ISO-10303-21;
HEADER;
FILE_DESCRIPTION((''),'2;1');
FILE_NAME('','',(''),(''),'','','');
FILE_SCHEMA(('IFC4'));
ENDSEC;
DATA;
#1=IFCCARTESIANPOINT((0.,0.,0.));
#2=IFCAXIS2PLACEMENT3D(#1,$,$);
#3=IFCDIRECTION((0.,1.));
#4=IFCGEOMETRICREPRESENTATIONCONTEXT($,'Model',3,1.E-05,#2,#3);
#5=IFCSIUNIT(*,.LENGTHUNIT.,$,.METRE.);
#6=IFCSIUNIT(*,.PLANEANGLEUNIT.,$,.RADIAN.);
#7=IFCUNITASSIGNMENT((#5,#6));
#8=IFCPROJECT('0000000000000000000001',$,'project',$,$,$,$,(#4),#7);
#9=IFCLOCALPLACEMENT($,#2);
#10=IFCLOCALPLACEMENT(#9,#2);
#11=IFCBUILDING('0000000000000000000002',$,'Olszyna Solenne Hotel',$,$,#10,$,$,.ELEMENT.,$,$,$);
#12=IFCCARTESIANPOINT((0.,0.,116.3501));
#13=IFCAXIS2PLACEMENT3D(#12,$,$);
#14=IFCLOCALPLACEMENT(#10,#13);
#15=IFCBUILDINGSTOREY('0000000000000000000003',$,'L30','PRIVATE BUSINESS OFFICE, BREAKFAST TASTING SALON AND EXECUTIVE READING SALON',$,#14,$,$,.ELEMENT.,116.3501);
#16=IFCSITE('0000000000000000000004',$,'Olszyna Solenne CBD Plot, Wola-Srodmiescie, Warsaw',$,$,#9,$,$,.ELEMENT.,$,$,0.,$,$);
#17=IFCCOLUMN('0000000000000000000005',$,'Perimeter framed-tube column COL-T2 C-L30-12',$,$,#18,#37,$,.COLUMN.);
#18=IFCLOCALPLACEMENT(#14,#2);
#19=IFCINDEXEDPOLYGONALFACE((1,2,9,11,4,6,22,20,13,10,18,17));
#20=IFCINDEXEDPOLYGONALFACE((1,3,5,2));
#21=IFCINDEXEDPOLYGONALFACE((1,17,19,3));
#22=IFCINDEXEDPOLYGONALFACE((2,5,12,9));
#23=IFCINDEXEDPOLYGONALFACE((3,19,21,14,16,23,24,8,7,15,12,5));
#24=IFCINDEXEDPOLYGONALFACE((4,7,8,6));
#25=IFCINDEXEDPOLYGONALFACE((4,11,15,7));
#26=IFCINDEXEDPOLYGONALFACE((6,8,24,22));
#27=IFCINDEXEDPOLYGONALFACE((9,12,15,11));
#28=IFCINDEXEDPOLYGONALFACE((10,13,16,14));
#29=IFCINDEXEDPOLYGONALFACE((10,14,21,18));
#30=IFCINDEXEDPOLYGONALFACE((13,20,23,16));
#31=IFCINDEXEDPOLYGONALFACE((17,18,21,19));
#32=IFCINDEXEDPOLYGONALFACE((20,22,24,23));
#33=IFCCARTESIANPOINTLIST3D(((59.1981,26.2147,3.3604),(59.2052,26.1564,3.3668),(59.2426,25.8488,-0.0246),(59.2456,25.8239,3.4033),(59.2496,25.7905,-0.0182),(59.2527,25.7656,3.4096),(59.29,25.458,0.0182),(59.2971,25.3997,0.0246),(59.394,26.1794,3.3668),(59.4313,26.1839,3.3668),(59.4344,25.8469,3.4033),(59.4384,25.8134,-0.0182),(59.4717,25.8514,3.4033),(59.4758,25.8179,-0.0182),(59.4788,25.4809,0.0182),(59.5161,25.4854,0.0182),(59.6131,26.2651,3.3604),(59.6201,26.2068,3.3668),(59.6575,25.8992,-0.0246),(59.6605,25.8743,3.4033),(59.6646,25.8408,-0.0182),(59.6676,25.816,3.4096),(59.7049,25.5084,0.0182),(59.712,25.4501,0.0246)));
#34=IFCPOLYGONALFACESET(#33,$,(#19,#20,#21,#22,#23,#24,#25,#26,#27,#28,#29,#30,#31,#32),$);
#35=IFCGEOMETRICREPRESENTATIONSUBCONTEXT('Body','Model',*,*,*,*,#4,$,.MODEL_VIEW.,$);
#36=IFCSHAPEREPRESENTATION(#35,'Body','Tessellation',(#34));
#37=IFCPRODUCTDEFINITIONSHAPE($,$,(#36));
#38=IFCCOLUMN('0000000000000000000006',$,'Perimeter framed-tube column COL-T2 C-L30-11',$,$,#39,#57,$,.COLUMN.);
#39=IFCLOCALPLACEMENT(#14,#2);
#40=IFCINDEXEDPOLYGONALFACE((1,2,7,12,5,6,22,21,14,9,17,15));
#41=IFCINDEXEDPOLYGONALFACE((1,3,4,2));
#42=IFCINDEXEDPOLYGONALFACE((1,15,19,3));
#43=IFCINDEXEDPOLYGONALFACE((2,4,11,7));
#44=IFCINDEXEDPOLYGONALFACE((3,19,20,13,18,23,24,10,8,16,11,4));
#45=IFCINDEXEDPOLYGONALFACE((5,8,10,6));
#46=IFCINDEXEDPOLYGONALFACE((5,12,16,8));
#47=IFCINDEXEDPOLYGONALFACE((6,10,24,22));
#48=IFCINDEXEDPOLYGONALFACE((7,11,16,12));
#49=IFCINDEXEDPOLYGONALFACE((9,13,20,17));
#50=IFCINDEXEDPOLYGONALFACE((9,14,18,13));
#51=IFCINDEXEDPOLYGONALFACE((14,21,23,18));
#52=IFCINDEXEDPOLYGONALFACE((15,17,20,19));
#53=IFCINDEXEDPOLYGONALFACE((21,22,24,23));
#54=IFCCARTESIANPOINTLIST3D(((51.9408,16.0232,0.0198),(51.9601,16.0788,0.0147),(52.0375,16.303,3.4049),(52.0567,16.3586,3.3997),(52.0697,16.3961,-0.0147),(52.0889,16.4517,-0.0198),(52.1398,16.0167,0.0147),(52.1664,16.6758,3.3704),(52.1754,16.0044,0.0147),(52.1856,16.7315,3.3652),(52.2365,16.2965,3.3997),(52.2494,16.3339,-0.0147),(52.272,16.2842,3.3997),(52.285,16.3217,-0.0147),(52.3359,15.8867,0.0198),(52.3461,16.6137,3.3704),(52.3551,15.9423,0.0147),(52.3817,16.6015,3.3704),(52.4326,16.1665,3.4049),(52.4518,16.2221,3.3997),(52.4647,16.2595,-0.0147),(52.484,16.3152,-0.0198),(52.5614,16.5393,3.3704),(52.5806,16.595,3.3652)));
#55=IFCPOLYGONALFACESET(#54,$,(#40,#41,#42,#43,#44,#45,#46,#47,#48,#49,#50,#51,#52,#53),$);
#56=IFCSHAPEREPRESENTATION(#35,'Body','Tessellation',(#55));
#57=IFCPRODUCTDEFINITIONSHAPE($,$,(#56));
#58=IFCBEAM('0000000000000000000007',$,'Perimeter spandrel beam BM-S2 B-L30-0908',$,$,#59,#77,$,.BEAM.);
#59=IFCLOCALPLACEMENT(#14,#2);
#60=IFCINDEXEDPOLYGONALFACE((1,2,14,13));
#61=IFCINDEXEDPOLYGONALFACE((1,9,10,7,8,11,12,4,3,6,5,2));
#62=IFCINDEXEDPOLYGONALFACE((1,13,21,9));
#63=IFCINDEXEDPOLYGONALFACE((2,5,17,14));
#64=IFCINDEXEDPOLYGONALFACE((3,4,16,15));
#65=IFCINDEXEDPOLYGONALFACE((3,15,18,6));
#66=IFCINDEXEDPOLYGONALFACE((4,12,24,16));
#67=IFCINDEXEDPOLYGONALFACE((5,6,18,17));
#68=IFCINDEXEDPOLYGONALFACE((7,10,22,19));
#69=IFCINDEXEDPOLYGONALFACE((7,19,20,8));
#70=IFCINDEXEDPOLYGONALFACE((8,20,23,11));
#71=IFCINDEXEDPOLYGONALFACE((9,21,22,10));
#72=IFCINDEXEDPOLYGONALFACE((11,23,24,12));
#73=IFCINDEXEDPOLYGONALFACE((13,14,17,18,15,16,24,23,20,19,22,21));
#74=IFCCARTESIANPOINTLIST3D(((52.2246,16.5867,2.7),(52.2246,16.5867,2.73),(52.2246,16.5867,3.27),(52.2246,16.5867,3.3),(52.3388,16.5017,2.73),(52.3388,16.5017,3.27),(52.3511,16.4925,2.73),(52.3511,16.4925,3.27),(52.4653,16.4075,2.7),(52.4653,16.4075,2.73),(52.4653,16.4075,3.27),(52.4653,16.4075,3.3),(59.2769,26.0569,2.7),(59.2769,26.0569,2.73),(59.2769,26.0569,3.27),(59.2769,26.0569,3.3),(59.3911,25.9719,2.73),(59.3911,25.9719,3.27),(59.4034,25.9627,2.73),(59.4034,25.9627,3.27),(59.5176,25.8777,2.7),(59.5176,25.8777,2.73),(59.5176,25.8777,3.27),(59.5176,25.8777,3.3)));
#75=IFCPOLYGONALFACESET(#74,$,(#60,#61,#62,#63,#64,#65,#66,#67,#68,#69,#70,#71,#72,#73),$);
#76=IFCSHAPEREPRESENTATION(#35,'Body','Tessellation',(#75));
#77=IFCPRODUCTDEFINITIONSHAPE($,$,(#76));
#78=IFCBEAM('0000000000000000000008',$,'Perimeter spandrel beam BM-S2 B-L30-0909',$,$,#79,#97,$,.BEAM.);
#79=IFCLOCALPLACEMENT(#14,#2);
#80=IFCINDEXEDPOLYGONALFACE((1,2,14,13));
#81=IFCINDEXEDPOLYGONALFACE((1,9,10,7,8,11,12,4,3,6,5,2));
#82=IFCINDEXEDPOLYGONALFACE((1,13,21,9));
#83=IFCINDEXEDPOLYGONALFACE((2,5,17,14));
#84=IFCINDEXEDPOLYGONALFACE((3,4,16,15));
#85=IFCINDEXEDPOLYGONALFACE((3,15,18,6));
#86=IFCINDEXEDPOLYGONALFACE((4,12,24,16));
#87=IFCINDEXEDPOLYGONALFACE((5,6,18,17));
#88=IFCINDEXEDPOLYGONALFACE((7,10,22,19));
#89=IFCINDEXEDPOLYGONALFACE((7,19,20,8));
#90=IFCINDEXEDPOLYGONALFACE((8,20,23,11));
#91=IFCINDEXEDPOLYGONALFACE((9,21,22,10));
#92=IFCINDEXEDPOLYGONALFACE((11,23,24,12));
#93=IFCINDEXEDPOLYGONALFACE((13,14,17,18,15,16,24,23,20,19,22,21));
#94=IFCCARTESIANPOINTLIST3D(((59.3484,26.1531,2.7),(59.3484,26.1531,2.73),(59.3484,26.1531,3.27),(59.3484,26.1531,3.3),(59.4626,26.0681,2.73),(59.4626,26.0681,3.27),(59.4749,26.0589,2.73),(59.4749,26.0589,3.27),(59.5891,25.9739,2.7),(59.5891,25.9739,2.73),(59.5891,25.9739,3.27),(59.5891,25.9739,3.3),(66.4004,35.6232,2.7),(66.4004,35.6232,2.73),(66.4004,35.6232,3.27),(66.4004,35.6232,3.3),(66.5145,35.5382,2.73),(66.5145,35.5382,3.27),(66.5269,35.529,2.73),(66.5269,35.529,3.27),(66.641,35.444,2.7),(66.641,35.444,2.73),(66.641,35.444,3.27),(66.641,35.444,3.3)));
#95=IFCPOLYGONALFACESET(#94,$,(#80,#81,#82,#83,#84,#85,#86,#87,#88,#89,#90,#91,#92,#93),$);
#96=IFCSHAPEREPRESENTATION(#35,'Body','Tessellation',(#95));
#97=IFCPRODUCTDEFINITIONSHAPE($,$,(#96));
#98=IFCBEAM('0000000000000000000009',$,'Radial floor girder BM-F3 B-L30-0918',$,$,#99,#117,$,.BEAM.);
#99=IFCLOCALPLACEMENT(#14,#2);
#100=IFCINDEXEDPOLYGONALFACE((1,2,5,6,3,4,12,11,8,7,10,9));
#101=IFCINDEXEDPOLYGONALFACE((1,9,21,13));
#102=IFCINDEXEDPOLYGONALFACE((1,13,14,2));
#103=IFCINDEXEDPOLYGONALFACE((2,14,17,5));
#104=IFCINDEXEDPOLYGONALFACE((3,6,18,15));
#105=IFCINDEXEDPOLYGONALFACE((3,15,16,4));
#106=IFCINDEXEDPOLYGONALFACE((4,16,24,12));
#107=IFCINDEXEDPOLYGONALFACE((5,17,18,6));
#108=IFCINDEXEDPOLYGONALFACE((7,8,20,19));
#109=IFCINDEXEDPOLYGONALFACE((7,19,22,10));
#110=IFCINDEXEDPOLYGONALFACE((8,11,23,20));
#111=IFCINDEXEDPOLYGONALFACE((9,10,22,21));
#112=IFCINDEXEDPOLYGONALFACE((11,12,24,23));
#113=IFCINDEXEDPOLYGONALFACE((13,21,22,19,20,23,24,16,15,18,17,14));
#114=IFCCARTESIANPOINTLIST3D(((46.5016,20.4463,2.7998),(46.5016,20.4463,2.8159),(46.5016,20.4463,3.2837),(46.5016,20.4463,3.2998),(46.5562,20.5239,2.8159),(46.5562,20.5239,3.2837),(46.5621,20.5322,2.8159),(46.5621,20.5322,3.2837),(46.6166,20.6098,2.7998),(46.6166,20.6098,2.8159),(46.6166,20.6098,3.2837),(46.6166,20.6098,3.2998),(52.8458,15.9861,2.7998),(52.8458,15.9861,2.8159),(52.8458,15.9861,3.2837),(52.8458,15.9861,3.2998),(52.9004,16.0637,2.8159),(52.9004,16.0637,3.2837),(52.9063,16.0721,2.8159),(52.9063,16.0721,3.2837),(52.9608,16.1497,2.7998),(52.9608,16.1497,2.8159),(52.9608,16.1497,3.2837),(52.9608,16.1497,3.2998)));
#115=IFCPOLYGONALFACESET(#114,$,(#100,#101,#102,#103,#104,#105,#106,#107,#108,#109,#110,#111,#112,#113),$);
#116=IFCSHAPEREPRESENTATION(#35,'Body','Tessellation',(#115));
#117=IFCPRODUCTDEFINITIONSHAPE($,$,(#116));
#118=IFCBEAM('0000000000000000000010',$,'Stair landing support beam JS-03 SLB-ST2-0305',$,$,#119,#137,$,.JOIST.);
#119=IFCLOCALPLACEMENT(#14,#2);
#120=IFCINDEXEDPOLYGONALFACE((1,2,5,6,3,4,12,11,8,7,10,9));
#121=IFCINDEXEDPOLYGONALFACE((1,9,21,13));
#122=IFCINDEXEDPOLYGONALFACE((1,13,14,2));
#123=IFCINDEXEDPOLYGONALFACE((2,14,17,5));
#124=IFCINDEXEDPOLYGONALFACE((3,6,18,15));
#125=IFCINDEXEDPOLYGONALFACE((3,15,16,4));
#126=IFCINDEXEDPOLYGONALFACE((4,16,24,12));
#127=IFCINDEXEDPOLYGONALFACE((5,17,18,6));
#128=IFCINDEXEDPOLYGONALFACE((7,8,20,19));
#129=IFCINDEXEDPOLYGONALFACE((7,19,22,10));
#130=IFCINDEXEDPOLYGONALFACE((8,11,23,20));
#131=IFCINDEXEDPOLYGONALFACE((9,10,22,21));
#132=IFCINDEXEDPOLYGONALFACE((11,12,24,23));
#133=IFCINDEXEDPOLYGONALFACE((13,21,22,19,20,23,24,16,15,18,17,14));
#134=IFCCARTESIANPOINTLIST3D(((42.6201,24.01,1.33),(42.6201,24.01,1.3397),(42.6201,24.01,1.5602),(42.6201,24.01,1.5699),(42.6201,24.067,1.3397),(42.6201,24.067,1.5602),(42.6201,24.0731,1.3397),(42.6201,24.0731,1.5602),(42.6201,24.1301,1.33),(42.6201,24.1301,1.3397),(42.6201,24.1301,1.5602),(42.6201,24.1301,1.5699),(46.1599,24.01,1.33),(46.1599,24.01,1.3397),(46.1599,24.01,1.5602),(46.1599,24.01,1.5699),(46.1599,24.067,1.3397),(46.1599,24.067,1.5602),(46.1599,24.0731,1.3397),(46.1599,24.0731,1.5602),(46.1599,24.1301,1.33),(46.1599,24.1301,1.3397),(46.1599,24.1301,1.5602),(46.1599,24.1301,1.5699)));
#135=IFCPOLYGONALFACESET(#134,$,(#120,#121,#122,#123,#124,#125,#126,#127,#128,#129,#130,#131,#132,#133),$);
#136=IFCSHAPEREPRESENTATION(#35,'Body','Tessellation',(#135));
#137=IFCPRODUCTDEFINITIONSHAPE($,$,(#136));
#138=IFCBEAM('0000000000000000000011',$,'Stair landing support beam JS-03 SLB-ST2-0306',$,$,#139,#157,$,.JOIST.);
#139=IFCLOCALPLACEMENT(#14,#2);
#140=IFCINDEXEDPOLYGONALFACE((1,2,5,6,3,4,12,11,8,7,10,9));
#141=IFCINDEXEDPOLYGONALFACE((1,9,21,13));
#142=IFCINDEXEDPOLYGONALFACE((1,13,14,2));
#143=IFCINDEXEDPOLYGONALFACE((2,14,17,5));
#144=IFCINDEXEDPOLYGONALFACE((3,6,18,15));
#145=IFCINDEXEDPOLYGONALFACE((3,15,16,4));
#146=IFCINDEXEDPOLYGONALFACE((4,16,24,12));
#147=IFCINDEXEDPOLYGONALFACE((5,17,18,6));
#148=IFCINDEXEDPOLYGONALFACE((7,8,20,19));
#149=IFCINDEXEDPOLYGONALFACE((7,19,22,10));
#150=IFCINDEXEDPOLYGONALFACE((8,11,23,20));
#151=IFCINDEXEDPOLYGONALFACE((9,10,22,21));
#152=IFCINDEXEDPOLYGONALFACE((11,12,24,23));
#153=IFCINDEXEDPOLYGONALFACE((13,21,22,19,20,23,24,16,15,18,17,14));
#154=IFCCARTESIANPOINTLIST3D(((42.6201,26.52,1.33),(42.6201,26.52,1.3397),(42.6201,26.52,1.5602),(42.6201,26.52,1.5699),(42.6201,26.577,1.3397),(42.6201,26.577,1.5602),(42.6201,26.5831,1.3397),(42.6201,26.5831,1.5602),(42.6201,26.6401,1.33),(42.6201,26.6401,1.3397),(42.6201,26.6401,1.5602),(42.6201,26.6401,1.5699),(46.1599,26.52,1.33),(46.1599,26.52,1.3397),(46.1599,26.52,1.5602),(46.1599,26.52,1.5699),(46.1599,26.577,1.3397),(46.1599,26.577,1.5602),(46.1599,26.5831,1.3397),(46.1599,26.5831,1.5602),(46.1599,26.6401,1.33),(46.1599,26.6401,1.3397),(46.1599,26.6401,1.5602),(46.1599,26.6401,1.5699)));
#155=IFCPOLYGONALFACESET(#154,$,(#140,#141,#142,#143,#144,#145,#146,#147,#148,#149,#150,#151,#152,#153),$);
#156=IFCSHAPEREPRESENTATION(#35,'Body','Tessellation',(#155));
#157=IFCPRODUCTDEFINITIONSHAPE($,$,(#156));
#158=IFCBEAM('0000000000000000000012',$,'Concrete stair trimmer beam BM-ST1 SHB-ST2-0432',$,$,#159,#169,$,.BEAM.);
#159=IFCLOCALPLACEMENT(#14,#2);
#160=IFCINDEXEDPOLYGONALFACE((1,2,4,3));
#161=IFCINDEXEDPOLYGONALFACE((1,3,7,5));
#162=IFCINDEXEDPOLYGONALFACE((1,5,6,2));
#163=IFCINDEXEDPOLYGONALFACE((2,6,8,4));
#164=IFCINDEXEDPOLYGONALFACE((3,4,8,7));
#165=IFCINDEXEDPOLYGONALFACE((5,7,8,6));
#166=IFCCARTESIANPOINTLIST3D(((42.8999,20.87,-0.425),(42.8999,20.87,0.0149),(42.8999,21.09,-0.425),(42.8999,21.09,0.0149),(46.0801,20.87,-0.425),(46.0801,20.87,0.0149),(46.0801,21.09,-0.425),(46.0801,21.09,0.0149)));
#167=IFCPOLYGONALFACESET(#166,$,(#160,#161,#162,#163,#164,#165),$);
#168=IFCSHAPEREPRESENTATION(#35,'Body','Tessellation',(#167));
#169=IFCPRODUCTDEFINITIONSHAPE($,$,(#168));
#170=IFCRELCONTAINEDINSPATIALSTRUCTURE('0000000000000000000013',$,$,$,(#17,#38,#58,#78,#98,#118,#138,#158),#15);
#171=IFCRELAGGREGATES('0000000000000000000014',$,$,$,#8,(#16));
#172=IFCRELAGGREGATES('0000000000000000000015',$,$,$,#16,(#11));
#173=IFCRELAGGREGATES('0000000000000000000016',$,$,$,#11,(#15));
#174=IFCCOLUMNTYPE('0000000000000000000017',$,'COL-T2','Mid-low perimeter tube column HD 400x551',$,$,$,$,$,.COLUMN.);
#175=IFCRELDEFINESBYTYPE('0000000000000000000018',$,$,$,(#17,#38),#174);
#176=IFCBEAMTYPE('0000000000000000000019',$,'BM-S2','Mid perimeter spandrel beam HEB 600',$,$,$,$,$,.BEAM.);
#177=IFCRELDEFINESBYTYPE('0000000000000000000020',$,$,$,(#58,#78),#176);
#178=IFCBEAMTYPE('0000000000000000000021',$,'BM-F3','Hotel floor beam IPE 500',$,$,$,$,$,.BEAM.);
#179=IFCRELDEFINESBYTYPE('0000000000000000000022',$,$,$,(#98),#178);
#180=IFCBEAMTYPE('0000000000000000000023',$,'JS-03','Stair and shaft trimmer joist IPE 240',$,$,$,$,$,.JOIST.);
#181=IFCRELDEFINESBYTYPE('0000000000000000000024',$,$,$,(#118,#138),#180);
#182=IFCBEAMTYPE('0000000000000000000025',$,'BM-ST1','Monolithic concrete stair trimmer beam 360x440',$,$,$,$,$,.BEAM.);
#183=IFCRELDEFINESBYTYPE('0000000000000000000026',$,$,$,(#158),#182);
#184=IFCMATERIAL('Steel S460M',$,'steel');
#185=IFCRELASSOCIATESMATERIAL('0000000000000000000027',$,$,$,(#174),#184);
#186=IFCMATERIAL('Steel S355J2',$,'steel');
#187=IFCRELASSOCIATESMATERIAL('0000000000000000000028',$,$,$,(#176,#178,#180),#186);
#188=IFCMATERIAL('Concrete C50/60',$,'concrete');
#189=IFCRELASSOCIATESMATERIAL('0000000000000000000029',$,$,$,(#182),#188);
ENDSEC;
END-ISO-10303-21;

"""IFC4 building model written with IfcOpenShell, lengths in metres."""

from ifc_helpers import new_model, si_unit, direction, frame, origin, origin_2d, place, context, subcontext, project, spatial, rectangle, i_section, extrude, source, transform, mapped, material, material_profile, profile_set, type_object, element, save


model = new_model("IFC4")

# Units and contexts
model_context = context("Model", 3, precision=1e-05, world=origin(), true_north=direction((0.0, 1.0)))
body_context = subcontext(model_context, "Body", "Model", "MODEL_VIEW")
ifc_project = project(units=[si_unit("LENGTHUNIT", "METRE"), si_unit("PLANEANGLEUNIT", "RADIAN")], contexts=[model_context])

# Site, building, storey
site_placement = place(None, origin())
site = spatial("IfcSite", under=ifc_project, at=site_placement, Name="Olszyna Solenne CBD Plot, Wola-Srodmiescie, Warsaw", CompositionType="ELEMENT", RefElevation=0.0)
building_placement = place(site_placement, origin())
building = spatial("IfcBuilding", under=site, at=building_placement, Name="Olszyna Solenne Hotel", CompositionType="ELEMENT")
storey_placement = place(building_placement, frame((0.0, 0.0, 116.3501)))
storey = spatial("IfcBuildingStorey", under=building, at=storey_placement, Name="L30", Description="PRIVATE BUSINESS OFFICE, BREAKFAST TASTING SALON AND EXECUTIVE READING SALON", CompositionType="ELEMENT", Elevation=116.3501)

# Columns
ifc_material_1 = material(Name="Steel S460M", Category="steel")
ifc_material_profile_1 = material_profile(ifc_material_1, i_section(OverallWidth=0.418, OverallDepth=0.4551, WebThickness=0.0376, FlangeThickness=0.0591, at=origin_2d()), Name="HD 400x551", Category="load-bearing")
ifc_profile_set_1 = profile_set([ifc_material_profile_1], Name="Steel S460M")
column_type = type_object("IfcColumnType", Name="COL-T2", Description="Mid-low perimeter tube column HD 400x551", PredefinedType="COLUMN", material=ifc_profile_set_1)
shared_shape_1 = source(origin(), body_context, "Body", "SweptSolid", [
    extrude(i_section(OverallWidth=0.418, OverallDepth=0.4551, WebThickness=0.0376, FlangeThickness=0.0591, at=origin_2d()), origin(), (0.0, 0.0, 1.0), 3.405),
])
column_1_placement = place(storey_placement, frame((59.4773, 25.6494, 0.0), z_axis=(-0.013049, 0.107478, 0.994122), x_axis=(-0.99271, -0.120529, 0.0)))
element("IfcColumn", 1, at=column_1_placement, inside=storey, type_object=column_type, Name="Perimeter framed-tube column COL-T2 C-L30-12", PredefinedType="COLUMN", context=body_context, shape_type="MappedRepresentation", body=[
    mapped(shared_shape_1, transform((0.0, 0.0, 0.0), x_axis=(1.0, 0.0, 0.0), y_axis=(0.0, 1.0, 0.0), z_axis=(0.0, 0.0, 1.0), scale=1.0)),
])
shared_shape_2 = source(origin(), body_context, "Body", "SweptSolid", [
    extrude(i_section(OverallWidth=0.418, OverallDepth=0.4551, WebThickness=0.0376, FlangeThickness=0.0591, at=origin_2d()), origin(), (0.0, 0.0, 1.0), 3.3979),
])
column_2_placement = place(storey_placement, frame((52.2124, 16.1692, 0.0), z_axis=(0.028453, 0.08234, 0.996198), x_axis=(-0.945162, 0.326601, 0.0)))
element("IfcColumn", 2, at=column_2_placement, inside=storey, type_object=column_type, Name="Perimeter framed-tube column COL-T2 C-L30-11", PredefinedType="COLUMN", context=body_context, shape_type="MappedRepresentation", body=[
    mapped(shared_shape_2, transform((0.0, 0.0, 0.0), x_axis=(1.0, 0.0, 0.0), y_axis=(0.0, 1.0, 0.0), z_axis=(0.0, 0.0, 1.0), scale=1.0)),
])

# Beams
ifc_material_2 = material(Name="Steel S355J2", Category="steel")
ifc_material_profile_2 = material_profile(ifc_material_2, i_section(OverallWidth=0.3, OverallDepth=0.6001, WebThickness=0.0154, FlangeThickness=0.03, at=origin_2d()), Name="HEB 600", Category="load-bearing")
ifc_profile_set_2 = profile_set([ifc_material_profile_2], Name="Steel S355J2")
beam_type_1 = type_object("IfcBeamType", Name="BM-S2", Description="Mid perimeter spandrel beam HEB 600", PredefinedType="BEAM", material=ifc_profile_set_2)
shared_shape_3 = source(origin(), body_context, "Body", "SweptSolid", [
    extrude(i_section(OverallWidth=0.3, OverallDepth=0.6001, WebThickness=0.0154, FlangeThickness=0.03, at=origin_2d()), origin(), (0.0, 0.0, 1.0), 11.8076),
])
beam_1_placement = place(storey_placement, frame((52.345, 16.4971, 3.0), z_axis=(0.597264, 0.802045, 0.0), x_axis=(-0.802045, 0.597264, 0.0)))
element("IfcBeam", 3, at=beam_1_placement, inside=storey, type_object=beam_type_1, Name="Perimeter spandrel beam BM-S2 B-L30-0908", PredefinedType="BEAM", context=body_context, shape_type="MappedRepresentation", body=[
    mapped(shared_shape_3, transform((0.0, 0.0, 0.0), x_axis=(1.0, 0.0, 0.0), y_axis=(0.0, 1.0, 0.0), z_axis=(0.0, 0.0, 1.0), scale=1.0)),
])
shared_shape_4 = source(origin(), body_context, "Body", "SweptSolid", [
    extrude(i_section(OverallWidth=0.3, OverallDepth=0.6001, WebThickness=0.0154, FlangeThickness=0.03, at=origin_2d()), origin(), (0.0, 0.0, 1.0), 11.8074),
])
beam_2_placement = place(storey_placement, frame((59.4688, 26.0635, 3.0), z_axis=(0.597251, 0.802055, 0.0), x_axis=(-0.802055, 0.597251, 0.0)))
element("IfcBeam", 4, at=beam_2_placement, inside=storey, type_object=beam_type_1, Name="Perimeter spandrel beam BM-S2 B-L30-0909", PredefinedType="BEAM", context=body_context, shape_type="MappedRepresentation", body=[
    mapped(shared_shape_4, transform((0.0, 0.0, 0.0), x_axis=(1.0, 0.0, 0.0), y_axis=(0.0, 1.0, 0.0), z_axis=(0.0, 0.0, 1.0), scale=1.0)),
])
ifc_material_profile_3 = material_profile(ifc_material_2, i_section(OverallWidth=0.2, OverallDepth=0.5, WebThickness=0.0103, FlangeThickness=0.0161, at=origin_2d()), Name="IPE 500", Category="load-bearing")
ifc_profile_set_3 = profile_set([ifc_material_profile_3], Name="Steel S355J2")
beam_type_2 = type_object("IfcBeamType", Name="BM-F3", Description="Hotel floor beam IPE 500", PredefinedType="BEAM", material=ifc_profile_set_3)
shared_shape_5 = source(origin(), body_context, "Body", "SweptSolid", [
    extrude(i_section(OverallWidth=0.2, OverallDepth=0.5, WebThickness=0.0103, FlangeThickness=0.0161, at=origin_2d()), origin(), (0.0, 0.0, 1.0), 7.7551),
])
beam_3_placement = place(storey_placement, frame((52.9033, 16.0679, 3.0498), z_axis=(-0.818065, 0.575126, 0.0), x_axis=(-0.575126, -0.818065, 0.0)))
element("IfcBeam", 5, at=beam_3_placement, inside=storey, type_object=beam_type_2, Name="Radial floor girder BM-F3 B-L30-0918", PredefinedType="BEAM", context=body_context, shape_type="MappedRepresentation", body=[
    mapped(shared_shape_5, transform((0.0, 0.0, 0.0), x_axis=(1.0, 0.0, 0.0), y_axis=(0.0, 1.0, 0.0), z_axis=(0.0, 0.0, 1.0), scale=1.0)),
])
ifc_material_profile_4 = material_profile(ifc_material_2, i_section(OverallWidth=0.1201, OverallDepth=0.24, WebThickness=0.0061, FlangeThickness=0.0098, at=origin_2d()), Name="IPE 240", Category="load-bearing")
ifc_profile_set_4 = profile_set([ifc_material_profile_4], Name="Steel S355J2")
beam_type_3 = type_object("IfcBeamType", Name="JS-03", Description="Stair and shaft trimmer joist IPE 240", PredefinedType="JOIST", material=ifc_profile_set_4)
shared_shape_6 = source(origin(), body_context, "Body", "SweptSolid", [
    extrude(i_section(OverallWidth=0.1201, OverallDepth=0.24, WebThickness=0.0061, FlangeThickness=0.0098, at=origin_2d()), origin(), (0.0, 0.0, 1.0), 3.5398),
])
for number, where, z_axis, x_axis, name in (
    (6, (46.1599, 24.0701, 1.45), (-1.0, 0.0, 0.0), (0.0, -1.0, 0.0), "Stair landing support beam JS-03 SLB-ST2-0305"),
    (7, (46.1599, 26.5801, 1.45), (-1.0, 0.0, 0.0), (0.0, -1.0, 0.0), "Stair landing support beam JS-03 SLB-ST2-0306"),
):
    element("IfcBeam", number, at=place(storey_placement, frame(where, z_axis=z_axis, x_axis=x_axis)), inside=storey, type_object=beam_type_3, Name=name, PredefinedType="JOIST", context=body_context, shape_type="MappedRepresentation", body=[
        mapped(shared_shape_6, transform((0.0, 0.0, 0.0), x_axis=(1.0, 0.0, 0.0), y_axis=(0.0, 1.0, 0.0), z_axis=(0.0, 0.0, 1.0), scale=1.0)),
    ])
ifc_material_3 = material(Name="Concrete C50/60", Category="concrete")
ifc_material_profile_5 = material_profile(ifc_material_3, rectangle(XDim=0.22, YDim=0.4399, at=origin_2d()), Name="RC 220x440", Category="load-bearing")
ifc_profile_set_5 = profile_set([ifc_material_profile_5], Name="Concrete C50/60")
beam_type_4 = type_object("IfcBeamType", Name="BM-ST1", Description="Monolithic concrete stair trimmer beam 360x440", PredefinedType="BEAM", material=ifc_profile_set_5)
shared_shape_7 = source(origin(), body_context, "Body", "SweptSolid", [
    extrude(rectangle(XDim=0.22, YDim=0.4399, at=origin_2d()), origin(), (0.0, 0.0, 1.0), 3.1802),
])
beam_4_placement = place(storey_placement, frame((46.0801, 20.98, -0.2051), z_axis=(-1.0, 0.0, 0.0), x_axis=(0.0, -1.0, 0.0)))
element("IfcBeam", 8, at=beam_4_placement, inside=storey, type_object=beam_type_4, Name="Concrete stair trimmer beam BM-ST1 SHB-ST2-0432", PredefinedType="BEAM", context=body_context, shape_type="MappedRepresentation", body=[
    mapped(shared_shape_7, transform((0.0, 0.0, 0.0), x_axis=(1.0, 0.0, 0.0), y_axis=(0.0, 1.0, 0.0), z_axis=(0.0, 0.0, 1.0), scale=1.0)),
])

save(model, "model.ifc")
